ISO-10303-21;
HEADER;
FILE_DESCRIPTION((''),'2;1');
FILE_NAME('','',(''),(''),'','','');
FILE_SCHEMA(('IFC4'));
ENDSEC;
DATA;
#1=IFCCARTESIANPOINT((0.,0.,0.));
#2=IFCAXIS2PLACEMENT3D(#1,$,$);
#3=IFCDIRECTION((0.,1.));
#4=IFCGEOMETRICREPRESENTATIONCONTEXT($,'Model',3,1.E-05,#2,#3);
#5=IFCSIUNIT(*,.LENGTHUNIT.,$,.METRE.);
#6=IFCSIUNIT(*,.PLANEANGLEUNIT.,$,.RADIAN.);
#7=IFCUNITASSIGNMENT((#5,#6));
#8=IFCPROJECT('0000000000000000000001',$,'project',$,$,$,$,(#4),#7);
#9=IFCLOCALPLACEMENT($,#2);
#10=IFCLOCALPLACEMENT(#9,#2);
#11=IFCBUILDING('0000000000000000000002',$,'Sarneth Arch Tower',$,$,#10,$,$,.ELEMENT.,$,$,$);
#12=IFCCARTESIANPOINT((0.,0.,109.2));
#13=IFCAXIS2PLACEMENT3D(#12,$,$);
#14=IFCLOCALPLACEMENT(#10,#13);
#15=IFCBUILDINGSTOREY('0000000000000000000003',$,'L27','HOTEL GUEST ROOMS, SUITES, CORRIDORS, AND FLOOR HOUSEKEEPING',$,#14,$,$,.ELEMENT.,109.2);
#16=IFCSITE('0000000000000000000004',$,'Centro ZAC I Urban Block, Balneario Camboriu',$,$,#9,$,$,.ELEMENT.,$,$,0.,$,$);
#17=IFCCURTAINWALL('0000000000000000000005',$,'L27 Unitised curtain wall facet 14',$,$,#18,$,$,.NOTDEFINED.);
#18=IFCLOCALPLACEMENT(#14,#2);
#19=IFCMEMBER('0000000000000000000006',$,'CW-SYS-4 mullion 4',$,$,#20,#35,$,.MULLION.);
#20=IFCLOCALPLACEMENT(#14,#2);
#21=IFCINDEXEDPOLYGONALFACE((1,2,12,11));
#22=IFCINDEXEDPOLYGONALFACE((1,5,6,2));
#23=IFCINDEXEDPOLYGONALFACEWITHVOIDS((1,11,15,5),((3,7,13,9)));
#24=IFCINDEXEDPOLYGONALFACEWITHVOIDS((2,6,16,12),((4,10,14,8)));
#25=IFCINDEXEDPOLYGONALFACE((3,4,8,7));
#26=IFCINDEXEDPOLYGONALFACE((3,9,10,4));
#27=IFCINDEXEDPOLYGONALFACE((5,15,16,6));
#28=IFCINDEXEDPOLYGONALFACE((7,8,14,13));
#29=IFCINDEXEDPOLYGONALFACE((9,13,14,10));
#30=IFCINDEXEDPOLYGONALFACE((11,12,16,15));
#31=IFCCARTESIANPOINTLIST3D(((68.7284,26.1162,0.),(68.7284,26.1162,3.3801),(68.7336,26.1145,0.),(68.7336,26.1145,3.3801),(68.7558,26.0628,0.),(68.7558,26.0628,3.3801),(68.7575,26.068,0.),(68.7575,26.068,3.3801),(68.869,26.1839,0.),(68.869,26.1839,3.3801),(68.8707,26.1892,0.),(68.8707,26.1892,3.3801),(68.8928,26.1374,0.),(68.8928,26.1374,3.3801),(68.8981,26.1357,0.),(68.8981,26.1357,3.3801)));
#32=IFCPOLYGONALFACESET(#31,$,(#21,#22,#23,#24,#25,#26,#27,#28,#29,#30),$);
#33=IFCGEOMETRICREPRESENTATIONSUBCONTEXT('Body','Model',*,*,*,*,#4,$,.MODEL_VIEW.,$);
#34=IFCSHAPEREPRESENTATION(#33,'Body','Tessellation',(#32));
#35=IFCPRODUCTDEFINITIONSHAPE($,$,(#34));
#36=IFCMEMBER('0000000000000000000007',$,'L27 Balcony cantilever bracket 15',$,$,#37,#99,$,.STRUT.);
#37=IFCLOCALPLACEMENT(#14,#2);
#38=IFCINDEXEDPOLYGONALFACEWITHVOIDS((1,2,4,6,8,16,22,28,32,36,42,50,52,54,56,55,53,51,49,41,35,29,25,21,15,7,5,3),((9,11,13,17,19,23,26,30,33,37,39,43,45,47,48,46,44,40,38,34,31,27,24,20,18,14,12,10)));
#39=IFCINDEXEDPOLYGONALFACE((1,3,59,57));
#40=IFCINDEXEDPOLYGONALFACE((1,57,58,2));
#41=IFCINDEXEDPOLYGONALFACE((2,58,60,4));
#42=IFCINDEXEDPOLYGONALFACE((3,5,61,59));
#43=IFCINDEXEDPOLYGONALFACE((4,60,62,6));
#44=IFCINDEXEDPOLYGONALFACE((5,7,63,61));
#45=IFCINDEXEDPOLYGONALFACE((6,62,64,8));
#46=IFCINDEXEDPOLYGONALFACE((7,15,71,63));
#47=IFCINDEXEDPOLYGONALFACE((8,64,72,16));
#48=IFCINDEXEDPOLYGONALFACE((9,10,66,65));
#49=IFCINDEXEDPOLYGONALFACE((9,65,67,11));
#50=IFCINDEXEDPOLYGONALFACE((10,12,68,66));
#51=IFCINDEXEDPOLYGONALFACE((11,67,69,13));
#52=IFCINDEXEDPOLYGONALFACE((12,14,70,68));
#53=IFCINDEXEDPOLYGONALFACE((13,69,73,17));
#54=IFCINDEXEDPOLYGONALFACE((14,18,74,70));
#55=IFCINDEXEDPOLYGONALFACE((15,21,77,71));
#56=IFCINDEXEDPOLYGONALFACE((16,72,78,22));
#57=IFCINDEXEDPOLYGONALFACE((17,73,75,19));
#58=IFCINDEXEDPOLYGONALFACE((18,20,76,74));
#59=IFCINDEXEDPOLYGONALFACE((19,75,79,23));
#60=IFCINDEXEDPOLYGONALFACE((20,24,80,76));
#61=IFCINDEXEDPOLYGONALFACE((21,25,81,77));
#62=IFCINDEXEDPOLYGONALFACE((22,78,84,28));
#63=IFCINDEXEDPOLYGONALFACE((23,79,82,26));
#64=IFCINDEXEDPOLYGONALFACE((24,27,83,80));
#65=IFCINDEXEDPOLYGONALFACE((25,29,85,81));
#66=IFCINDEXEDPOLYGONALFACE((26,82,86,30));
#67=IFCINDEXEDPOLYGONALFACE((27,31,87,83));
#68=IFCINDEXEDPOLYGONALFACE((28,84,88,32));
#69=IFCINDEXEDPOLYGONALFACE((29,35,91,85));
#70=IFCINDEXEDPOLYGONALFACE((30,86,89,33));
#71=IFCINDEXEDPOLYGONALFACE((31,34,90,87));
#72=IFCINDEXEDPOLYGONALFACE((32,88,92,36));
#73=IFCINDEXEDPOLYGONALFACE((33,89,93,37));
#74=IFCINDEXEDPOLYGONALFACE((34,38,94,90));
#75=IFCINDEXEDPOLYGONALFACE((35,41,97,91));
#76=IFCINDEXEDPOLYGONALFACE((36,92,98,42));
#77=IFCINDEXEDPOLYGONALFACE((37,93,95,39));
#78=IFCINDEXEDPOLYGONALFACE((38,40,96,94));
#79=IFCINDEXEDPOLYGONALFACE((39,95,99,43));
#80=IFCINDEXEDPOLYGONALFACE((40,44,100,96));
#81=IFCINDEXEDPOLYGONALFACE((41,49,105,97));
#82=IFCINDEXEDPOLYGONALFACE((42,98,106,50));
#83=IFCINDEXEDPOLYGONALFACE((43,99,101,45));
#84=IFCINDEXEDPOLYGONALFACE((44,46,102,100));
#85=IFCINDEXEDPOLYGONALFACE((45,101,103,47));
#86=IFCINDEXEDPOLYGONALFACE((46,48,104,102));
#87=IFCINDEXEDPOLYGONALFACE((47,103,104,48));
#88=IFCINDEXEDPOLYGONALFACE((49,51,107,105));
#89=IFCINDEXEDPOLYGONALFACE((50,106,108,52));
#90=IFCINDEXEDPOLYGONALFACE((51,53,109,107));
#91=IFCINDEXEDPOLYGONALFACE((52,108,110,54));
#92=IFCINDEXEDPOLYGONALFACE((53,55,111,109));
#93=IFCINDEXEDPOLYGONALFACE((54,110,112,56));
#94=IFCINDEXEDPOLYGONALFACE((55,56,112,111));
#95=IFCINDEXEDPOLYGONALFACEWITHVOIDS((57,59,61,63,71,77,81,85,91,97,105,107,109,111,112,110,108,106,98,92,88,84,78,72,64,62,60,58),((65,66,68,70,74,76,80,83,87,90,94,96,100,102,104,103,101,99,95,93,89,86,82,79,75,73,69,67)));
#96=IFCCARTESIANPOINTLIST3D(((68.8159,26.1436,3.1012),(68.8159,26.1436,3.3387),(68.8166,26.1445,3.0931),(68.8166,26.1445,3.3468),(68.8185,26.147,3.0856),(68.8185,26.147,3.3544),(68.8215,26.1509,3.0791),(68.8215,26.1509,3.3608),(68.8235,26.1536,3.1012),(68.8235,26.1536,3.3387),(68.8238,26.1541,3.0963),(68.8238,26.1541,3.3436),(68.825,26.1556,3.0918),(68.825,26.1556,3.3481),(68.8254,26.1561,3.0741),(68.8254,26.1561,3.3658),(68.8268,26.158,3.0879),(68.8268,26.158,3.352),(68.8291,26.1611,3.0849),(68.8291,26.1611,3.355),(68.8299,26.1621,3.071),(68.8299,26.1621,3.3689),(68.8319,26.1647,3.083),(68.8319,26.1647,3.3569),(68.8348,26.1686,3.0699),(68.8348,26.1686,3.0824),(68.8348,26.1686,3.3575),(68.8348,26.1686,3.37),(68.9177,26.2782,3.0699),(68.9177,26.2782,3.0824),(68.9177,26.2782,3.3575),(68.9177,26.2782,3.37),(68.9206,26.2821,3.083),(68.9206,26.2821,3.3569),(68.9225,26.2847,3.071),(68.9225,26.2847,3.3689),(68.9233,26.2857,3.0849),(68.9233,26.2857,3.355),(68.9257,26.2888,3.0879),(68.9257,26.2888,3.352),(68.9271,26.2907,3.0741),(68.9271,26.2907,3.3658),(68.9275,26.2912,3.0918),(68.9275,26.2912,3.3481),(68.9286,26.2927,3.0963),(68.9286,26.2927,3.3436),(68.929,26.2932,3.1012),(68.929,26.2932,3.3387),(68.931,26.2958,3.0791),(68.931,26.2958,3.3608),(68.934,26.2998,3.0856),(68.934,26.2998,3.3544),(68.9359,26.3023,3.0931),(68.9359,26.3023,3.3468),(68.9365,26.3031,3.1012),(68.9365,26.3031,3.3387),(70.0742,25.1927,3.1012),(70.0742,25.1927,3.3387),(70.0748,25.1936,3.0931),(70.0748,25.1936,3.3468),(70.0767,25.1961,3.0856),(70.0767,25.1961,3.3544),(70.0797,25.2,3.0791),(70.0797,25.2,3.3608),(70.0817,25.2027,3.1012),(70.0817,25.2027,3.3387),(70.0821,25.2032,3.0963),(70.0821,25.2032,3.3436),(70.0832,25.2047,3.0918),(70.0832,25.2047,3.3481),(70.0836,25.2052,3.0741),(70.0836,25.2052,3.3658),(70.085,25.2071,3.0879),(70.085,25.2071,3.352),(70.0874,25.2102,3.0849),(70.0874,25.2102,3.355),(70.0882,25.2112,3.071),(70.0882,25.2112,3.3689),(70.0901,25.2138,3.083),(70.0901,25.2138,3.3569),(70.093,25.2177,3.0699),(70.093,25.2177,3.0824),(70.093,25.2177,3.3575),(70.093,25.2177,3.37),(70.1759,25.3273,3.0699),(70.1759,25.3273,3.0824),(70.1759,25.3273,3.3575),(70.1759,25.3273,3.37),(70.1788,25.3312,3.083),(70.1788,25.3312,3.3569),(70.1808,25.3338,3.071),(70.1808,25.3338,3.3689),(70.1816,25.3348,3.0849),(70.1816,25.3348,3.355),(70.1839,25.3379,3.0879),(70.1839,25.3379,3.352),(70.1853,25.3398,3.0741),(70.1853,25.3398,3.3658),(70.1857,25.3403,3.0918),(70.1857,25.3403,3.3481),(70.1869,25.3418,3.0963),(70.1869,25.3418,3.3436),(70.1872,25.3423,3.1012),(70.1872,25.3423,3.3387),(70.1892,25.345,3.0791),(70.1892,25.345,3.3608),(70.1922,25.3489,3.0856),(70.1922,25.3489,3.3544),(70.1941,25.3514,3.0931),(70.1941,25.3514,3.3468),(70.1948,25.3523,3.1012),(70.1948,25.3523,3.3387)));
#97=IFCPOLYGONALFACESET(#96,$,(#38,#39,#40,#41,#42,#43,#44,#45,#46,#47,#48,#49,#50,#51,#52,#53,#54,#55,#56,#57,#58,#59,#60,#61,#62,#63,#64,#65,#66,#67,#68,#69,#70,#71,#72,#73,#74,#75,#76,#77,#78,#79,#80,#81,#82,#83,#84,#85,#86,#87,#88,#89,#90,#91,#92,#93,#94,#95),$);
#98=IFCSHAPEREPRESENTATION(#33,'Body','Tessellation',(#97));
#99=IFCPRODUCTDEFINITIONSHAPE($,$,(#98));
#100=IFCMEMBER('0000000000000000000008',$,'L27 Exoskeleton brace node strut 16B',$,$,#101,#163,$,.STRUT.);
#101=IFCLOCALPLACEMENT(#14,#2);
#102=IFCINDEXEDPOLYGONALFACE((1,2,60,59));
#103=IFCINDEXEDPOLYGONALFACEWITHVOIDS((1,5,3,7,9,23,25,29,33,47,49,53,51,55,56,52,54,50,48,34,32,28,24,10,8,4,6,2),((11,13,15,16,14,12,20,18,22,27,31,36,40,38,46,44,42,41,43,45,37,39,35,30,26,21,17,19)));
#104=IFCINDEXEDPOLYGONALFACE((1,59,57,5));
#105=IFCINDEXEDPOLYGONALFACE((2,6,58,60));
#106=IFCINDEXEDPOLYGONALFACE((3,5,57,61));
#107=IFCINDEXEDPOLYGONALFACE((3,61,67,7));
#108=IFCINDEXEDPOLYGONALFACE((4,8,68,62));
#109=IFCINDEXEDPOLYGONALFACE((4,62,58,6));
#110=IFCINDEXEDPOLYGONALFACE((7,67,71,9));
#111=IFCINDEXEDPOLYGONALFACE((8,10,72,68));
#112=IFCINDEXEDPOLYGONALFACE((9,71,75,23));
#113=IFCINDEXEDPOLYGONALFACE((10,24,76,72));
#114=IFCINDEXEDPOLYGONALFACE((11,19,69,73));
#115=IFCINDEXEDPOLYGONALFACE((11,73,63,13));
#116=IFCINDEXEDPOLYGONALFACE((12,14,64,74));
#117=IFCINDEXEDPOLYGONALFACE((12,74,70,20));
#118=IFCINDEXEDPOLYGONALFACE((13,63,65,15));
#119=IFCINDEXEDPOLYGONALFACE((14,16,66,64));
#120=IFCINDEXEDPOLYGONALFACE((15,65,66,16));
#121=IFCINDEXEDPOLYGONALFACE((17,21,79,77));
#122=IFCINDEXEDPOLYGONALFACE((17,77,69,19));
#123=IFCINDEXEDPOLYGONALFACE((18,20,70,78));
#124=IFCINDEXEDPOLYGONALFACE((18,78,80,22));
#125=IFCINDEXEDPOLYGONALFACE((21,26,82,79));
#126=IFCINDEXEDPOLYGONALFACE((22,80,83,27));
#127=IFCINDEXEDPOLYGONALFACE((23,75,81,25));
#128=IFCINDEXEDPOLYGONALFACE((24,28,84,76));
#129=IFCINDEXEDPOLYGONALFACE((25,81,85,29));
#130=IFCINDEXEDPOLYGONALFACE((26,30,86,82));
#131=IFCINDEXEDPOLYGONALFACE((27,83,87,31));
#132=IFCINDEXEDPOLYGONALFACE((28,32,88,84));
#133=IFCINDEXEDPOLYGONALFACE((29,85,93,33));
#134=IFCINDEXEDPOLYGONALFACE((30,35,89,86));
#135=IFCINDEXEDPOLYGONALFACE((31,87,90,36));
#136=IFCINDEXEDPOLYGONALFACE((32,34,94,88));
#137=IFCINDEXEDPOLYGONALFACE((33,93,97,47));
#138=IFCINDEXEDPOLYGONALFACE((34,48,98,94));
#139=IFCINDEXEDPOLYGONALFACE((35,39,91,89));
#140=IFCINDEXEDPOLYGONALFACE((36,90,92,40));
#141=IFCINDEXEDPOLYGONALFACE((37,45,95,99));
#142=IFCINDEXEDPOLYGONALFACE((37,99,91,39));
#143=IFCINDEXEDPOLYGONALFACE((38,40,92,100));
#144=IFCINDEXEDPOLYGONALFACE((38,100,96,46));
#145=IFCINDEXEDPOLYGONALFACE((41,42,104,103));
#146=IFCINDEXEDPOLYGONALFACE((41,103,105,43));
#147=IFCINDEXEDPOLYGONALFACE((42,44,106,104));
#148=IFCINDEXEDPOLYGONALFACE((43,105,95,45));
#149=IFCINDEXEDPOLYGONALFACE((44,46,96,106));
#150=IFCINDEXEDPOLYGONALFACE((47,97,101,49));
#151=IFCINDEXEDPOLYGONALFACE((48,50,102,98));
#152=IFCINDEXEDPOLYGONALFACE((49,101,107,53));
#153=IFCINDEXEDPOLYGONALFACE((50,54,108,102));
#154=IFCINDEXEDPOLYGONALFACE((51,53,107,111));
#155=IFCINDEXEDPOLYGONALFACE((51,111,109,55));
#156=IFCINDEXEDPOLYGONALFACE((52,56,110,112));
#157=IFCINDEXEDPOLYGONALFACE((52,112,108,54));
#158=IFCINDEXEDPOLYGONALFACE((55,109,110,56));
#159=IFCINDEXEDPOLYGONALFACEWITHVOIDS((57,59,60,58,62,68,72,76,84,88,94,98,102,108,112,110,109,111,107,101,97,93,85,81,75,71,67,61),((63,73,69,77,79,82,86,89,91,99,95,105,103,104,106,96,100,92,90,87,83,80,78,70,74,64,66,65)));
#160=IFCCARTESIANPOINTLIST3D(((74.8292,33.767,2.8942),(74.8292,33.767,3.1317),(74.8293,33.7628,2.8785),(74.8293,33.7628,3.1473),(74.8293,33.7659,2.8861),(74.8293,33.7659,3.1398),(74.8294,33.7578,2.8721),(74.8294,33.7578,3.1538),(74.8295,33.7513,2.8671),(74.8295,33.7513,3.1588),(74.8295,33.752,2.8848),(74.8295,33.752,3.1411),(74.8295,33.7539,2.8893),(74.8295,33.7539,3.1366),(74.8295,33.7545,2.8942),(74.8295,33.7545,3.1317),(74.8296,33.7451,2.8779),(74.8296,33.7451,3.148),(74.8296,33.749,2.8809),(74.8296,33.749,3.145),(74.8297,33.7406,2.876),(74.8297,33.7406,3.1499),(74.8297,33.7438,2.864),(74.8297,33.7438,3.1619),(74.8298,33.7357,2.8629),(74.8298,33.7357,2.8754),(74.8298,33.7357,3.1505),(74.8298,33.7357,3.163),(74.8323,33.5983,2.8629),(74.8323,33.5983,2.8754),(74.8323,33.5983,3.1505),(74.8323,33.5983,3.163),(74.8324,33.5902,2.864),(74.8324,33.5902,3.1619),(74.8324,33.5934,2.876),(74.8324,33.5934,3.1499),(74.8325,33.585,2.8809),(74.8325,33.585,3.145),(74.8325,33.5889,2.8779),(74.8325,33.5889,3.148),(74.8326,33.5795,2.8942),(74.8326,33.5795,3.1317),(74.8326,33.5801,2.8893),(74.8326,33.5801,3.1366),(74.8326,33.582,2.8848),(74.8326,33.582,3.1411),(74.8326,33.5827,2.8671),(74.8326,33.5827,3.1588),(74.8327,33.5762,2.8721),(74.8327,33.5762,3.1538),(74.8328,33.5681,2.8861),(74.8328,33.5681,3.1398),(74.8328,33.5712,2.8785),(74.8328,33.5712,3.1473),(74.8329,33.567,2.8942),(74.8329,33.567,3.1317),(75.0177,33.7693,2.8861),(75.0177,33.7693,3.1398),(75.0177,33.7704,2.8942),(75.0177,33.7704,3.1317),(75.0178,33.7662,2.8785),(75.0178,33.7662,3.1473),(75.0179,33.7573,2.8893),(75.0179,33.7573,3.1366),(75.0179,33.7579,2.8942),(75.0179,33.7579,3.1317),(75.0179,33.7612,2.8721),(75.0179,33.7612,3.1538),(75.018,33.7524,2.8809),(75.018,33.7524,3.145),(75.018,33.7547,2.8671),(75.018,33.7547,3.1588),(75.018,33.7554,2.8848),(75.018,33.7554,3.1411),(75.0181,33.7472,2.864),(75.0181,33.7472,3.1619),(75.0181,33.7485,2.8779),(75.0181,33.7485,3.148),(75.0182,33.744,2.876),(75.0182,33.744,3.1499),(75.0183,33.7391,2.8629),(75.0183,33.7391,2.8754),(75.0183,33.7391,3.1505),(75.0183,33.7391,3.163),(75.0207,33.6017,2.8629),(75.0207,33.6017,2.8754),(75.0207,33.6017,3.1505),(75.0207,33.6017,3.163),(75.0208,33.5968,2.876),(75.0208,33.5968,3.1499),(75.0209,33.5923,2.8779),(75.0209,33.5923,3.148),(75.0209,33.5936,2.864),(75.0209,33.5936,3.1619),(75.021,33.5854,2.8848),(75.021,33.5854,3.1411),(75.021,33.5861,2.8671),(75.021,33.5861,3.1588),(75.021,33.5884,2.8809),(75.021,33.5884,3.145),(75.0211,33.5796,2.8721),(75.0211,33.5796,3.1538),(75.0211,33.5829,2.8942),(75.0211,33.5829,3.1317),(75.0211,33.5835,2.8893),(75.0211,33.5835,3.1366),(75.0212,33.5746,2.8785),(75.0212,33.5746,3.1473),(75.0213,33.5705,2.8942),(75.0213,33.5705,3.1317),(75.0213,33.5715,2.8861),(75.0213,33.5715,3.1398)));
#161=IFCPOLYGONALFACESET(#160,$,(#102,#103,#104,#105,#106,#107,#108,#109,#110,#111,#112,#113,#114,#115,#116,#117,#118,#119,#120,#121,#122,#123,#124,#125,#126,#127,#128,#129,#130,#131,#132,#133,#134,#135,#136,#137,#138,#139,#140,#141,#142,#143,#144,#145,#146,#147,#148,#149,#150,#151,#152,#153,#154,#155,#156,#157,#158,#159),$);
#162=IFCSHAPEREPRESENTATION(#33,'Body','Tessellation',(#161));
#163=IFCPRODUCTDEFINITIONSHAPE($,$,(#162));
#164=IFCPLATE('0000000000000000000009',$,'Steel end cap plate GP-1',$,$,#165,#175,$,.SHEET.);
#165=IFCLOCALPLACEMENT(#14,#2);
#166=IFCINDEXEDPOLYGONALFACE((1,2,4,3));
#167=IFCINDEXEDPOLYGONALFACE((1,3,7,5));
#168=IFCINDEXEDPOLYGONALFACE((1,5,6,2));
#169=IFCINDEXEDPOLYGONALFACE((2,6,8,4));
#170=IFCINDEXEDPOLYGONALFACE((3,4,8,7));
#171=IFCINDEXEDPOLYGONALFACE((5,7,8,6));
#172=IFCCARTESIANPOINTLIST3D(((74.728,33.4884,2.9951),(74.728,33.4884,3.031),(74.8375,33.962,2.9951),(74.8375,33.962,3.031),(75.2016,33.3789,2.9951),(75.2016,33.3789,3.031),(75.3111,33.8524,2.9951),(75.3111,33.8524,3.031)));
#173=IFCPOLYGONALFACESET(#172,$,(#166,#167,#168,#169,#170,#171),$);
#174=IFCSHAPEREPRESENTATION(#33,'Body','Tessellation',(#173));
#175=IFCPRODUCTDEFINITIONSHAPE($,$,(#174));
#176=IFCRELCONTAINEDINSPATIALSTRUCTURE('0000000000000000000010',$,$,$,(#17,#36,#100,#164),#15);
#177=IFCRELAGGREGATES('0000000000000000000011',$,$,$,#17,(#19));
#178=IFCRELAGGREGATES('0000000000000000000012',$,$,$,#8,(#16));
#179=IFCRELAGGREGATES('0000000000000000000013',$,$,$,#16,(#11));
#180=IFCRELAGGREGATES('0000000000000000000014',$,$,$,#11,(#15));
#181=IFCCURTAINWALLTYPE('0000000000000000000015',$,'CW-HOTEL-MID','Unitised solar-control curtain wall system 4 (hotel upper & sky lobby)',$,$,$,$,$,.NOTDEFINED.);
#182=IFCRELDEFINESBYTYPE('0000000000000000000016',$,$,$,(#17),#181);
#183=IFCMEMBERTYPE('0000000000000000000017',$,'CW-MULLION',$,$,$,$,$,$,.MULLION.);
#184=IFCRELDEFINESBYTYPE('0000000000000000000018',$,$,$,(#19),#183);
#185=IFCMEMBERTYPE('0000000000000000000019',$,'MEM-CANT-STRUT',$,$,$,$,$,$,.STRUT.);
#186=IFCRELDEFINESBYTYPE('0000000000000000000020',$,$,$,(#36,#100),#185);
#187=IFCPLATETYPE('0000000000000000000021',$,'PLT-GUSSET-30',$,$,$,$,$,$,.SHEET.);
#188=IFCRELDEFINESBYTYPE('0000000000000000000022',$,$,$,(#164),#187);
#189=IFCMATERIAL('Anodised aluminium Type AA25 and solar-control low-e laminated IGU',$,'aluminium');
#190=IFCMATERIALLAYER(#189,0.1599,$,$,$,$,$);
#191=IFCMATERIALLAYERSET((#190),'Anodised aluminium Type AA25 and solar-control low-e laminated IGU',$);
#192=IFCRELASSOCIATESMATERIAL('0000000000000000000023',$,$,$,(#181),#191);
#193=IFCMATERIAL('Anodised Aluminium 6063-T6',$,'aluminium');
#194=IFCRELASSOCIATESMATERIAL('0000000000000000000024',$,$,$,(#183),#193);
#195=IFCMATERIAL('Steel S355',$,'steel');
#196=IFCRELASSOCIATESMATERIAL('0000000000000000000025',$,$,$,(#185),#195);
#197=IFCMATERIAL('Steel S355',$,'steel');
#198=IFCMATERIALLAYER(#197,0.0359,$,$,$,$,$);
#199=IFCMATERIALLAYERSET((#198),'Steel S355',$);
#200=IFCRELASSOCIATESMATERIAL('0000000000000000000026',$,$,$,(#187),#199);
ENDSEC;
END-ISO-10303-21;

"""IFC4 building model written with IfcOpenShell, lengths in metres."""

from ifc_helpers import new_model, si_unit, direction, frame, origin, origin_2d, place, context, subcontext, project, spatial, rectangle, hollow_rectangle, extrude, material, layer, layer_set, material_profile, profile_set, type_object, element, aggregate, save


model = new_model("IFC4")

# Units and contexts
model_context = context("Model", 3, precision=1e-05, world=origin(), true_north=direction((0.0, 1.0)))
body_context = subcontext(model_context, "Body", "Model", "MODEL_VIEW")
ifc_project = project(units=[si_unit("LENGTHUNIT", "METRE"), si_unit("PLANEANGLEUNIT", "RADIAN")], contexts=[model_context])

# Site, building, storey
site_placement = place(None, origin())
site = spatial("IfcSite", under=ifc_project, at=site_placement, Name="Centro ZAC I Urban Block, Balneario Camboriu", CompositionType="ELEMENT", RefElevation=0.0)
building_placement = place(site_placement, origin())
building = spatial("IfcBuilding", under=site, at=building_placement, Name="Sarneth Arch Tower", CompositionType="ELEMENT")
storey_placement = place(building_placement, frame((0.0, 0.0, 109.2)))
storey = spatial("IfcBuildingStorey", under=building, at=storey_placement, Name="L27", Description="HOTEL GUEST ROOMS, SUITES, CORRIDORS, AND FLOOR HOUSEKEEPING", CompositionType="ELEMENT", Elevation=109.2)

# Curtain wall, member
ifc_material_1 = material(Name="Anodised aluminium Type AA25 and solar-control low-e laminated IGU", Category="aluminium")
ifc_layer_1 = layer(ifc_material_1, 0.1599)
ifc_layer_set_1 = layer_set([ifc_layer_1], Name="Anodised aluminium Type AA25 and solar-control low-e laminated IGU")
curtain_wall_type = type_object("IfcCurtainWallType", Name="CW-HOTEL-MID", Description="Unitised solar-control curtain wall system 4 (hotel upper & sky lobby)", PredefinedType="NOTDEFINED", material=ifc_layer_set_1)
curtain_wall_placement = place(storey_placement, origin())
curtain_wall = element("IfcCurtainWall", 1, at=curtain_wall_placement, inside=storey, type_object=curtain_wall_type, Name="L27 Unitised curtain wall facet 14", PredefinedType="NOTDEFINED")
ifc_material_2 = material(Name="Anodised Aluminium 6063-T6", Category="aluminium")
ifc_material_profile_1 = material_profile(ifc_material_2, hollow_rectangle(XDim=0.0601, YDim=0.1599, WallThickness=0.0039, at=origin_2d()), Name="AL-MULL-160x60x4")
ifc_profile_set_1 = profile_set([ifc_material_profile_1], Name="Anodised Aluminium 6063-T6")
member_type_1 = type_object("IfcMemberType", Name="CW-MULLION", PredefinedType="MULLION", material=ifc_profile_set_1)
member_1_placement = place(storey_placement, frame((68.8132, 26.126, 0.0), z_axis=(0.0, 0.0, 1.0), x_axis=(-0.456031, 0.889964, 0.0)))
member_1 = element("IfcMember", 2, at=member_1_placement, type_object=member_type_1, Name="CW-SYS-4 mullion 4", PredefinedType="MULLION", context=body_context, shape_type="SweptSolid", body=[
    extrude(hollow_rectangle(XDim=0.0601, YDim=0.1599, WallThickness=0.0039, at=origin_2d()), origin(), (0.0, 0.0, 1.0), 3.3801),
])
aggregate(curtain_wall, [member_1])

# Members
ifc_material_3 = material(Name="Steel S355", Category="steel")
ifc_material_profile_2 = material_profile(ifc_material_3, hollow_rectangle(XDim=0.2, YDim=0.3, WallThickness=0.0125, InnerFilletRadius=0.0188, OuterFilletRadius=0.0312, at=origin_2d()), Name="RHS300x200x12.5")
ifc_profile_set_2 = profile_set([ifc_material_profile_2], Name="Steel S355")
member_type_2 = type_object("IfcMemberType", Name="MEM-CANT-STRUT", PredefinedType="STRUT", material=ifc_profile_set_2)
member_2_placement = place(storey_placement, frame((68.8762, 26.2234, 3.22), z_axis=(0.797803, -0.602918, 0.0), x_axis=(0.602918, 0.797803, 0.0)))
element("IfcMember", 3, at=member_2_placement, inside=storey, type_object=member_type_2, Name="L27 Balcony cantilever bracket 15", PredefinedType="STRUT", context=body_context, shape_type="SweptSolid", body=[
    extrude(hollow_rectangle(XDim=0.2, YDim=0.3, WallThickness=0.0125, InnerFilletRadius=0.0188, OuterFilletRadius=0.0312, at=origin_2d()), origin(), (0.0, 0.0, 1.0), 1.5771),
])
member_3_placement = place(storey_placement, frame((74.8311, 33.667, 3.0129), z_axis=(0.999836, 0.018132, 0.0), x_axis=(-0.018132, 0.999836, 0.0)))
element("IfcMember", 4, at=member_3_placement, inside=storey, type_object=member_type_2, Name="L27 Exoskeleton brace node strut 16B", PredefinedType="STRUT", context=body_context, shape_type="SweptSolid", body=[
    extrude(hollow_rectangle(XDim=0.2, YDim=0.3, WallThickness=0.0125, InnerFilletRadius=0.0188, OuterFilletRadius=0.0312, at=origin_2d()), origin(), (0.0, 0.0, 1.0), 0.1885),
])

# Plate
ifc_material_4 = material(Name="Steel S355", Category="steel")
ifc_layer_2 = layer(ifc_material_4, 0.0359)
ifc_layer_set_2 = layer_set([ifc_layer_2], Name="Steel S355")
plate_type = type_object("IfcPlateType", Name="PLT-GUSSET-30", PredefinedType="SHEET", material=ifc_layer_set_2)
plate_placement = place(storey_placement, frame((75.0195, 33.6704, 2.9951), z_axis=(0.0, 0.0, 1.0), x_axis=(0.225291, 0.974291, 0.0)))
element("IfcPlate", 5, at=plate_placement, inside=storey, type_object=plate_type, Name="Steel end cap plate GP-1", PredefinedType="SHEET", context=body_context, shape_type="SweptSolid", body=[
    extrude(rectangle(XDim=0.4861, YDim=0.4861, at=origin_2d()), origin(), (0.0, 0.0, 1.0), 0.0359),
])

save(model, "model.ifc")
